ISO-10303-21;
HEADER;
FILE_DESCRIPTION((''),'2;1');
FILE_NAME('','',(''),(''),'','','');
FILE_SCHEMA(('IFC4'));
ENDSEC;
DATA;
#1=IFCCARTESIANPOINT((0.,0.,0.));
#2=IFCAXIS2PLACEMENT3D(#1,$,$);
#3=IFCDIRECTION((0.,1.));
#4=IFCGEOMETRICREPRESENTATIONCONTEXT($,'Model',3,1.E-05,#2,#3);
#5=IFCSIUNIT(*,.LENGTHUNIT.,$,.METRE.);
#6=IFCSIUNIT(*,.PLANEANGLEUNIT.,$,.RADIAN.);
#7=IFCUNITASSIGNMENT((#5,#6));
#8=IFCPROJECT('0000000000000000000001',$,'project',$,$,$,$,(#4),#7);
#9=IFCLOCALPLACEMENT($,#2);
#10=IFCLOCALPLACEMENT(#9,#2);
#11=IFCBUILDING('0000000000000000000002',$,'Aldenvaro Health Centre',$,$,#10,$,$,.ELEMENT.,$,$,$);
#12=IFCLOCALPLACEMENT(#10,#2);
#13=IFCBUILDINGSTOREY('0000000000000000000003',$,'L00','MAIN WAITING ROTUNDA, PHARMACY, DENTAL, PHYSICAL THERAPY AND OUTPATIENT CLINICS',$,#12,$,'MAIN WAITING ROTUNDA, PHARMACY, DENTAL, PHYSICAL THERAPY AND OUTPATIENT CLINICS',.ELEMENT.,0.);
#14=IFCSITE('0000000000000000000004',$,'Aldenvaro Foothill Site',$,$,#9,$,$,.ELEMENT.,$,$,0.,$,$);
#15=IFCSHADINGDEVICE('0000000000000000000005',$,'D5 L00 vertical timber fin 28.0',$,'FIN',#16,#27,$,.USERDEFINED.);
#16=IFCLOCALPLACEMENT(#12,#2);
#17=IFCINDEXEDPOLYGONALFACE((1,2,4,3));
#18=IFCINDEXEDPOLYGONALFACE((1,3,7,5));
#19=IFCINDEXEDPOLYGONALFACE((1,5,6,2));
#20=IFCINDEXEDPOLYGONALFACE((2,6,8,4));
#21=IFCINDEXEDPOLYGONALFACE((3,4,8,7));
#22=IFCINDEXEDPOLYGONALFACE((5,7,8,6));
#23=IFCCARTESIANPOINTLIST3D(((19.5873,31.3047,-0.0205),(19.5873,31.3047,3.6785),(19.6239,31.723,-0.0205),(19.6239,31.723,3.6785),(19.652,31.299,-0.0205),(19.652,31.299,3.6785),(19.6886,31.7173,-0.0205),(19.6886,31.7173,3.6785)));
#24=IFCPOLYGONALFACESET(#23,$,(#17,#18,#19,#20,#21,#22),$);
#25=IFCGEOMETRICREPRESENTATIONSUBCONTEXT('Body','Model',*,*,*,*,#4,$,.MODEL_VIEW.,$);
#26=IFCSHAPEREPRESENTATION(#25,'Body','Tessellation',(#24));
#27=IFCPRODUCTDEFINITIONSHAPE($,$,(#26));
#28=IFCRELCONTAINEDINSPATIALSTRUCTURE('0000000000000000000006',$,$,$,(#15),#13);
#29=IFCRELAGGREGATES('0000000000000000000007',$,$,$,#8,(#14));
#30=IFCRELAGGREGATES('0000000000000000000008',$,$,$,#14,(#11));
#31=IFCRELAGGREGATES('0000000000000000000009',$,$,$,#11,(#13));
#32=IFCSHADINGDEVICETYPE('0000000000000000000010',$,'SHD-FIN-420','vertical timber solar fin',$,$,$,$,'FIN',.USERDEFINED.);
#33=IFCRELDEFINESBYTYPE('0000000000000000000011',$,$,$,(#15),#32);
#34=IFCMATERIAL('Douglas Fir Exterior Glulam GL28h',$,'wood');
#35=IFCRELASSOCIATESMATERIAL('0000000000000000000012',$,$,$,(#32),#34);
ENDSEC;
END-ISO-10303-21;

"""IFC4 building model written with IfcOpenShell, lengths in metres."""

from ifc_helpers import new_model, si_unit, direction, frame, origin, origin_2d, place, context, subcontext, project, spatial, rectangle, extrude, material, type_object, element, save


model = new_model("IFC4")

# Units and contexts
model_context = context("Model", 3, precision=1e-05, world=origin(), true_north=direction((0.0, 1.0)))
body_context = subcontext(model_context, "Body", "Model", "MODEL_VIEW")
ifc_project = project(units=[si_unit("LENGTHUNIT", "METRE"), si_unit("PLANEANGLEUNIT", "RADIAN")], contexts=[model_context])

# Site, building, storey
site_placement = place(None, origin())
site = spatial("IfcSite", under=ifc_project, at=site_placement, Name="Aldenvaro Foothill Site", CompositionType="ELEMENT", RefElevation=0.0)
building_placement = place(site_placement, origin())
building = spatial("IfcBuilding", under=site, at=building_placement, Name="Aldenvaro Health Centre", CompositionType="ELEMENT")
storey_placement = place(building_placement, origin())
storey = spatial("IfcBuildingStorey", under=building, at=storey_placement, Name="L00", Description="MAIN WAITING ROTUNDA, PHARMACY, DENTAL, PHYSICAL THERAPY AND OUTPATIENT CLINICS", LongName="MAIN WAITING ROTUNDA, PHARMACY, DENTAL, PHYSICAL THERAPY AND OUTPATIENT CLINICS", CompositionType="ELEMENT", Elevation=0.0)

# Shading device
ifc_material_1 = material(Name="Douglas Fir Exterior Glulam GL28h", Category="wood")
shading_device_type = type_object("IfcShadingDeviceType", Name="SHD-FIN-420", Description="vertical timber solar fin", ElementType="FIN", PredefinedType="USERDEFINED", material=ifc_material_1)
shading_device_placement = place(storey_placement, frame((19.6379, 31.511, -0.0205), z_axis=(0.0, 0.0, 1.0), x_axis=(0.996194, -0.087167, 0.0)))
element("IfcShadingDevice", 1, at=shading_device_placement, inside=storey, type_object=shading_device_type, Name="D5 L00 vertical timber fin 28.0", ObjectType="FIN", PredefinedType="USERDEFINED", context=body_context, shape_type="SweptSolid", body=[
    extrude(rectangle(XDim=0.0649, YDim=0.4199, at=origin_2d()), origin(), (0.0, 0.0, 1.0), 3.699),
])

save(model, "model.ifc")
